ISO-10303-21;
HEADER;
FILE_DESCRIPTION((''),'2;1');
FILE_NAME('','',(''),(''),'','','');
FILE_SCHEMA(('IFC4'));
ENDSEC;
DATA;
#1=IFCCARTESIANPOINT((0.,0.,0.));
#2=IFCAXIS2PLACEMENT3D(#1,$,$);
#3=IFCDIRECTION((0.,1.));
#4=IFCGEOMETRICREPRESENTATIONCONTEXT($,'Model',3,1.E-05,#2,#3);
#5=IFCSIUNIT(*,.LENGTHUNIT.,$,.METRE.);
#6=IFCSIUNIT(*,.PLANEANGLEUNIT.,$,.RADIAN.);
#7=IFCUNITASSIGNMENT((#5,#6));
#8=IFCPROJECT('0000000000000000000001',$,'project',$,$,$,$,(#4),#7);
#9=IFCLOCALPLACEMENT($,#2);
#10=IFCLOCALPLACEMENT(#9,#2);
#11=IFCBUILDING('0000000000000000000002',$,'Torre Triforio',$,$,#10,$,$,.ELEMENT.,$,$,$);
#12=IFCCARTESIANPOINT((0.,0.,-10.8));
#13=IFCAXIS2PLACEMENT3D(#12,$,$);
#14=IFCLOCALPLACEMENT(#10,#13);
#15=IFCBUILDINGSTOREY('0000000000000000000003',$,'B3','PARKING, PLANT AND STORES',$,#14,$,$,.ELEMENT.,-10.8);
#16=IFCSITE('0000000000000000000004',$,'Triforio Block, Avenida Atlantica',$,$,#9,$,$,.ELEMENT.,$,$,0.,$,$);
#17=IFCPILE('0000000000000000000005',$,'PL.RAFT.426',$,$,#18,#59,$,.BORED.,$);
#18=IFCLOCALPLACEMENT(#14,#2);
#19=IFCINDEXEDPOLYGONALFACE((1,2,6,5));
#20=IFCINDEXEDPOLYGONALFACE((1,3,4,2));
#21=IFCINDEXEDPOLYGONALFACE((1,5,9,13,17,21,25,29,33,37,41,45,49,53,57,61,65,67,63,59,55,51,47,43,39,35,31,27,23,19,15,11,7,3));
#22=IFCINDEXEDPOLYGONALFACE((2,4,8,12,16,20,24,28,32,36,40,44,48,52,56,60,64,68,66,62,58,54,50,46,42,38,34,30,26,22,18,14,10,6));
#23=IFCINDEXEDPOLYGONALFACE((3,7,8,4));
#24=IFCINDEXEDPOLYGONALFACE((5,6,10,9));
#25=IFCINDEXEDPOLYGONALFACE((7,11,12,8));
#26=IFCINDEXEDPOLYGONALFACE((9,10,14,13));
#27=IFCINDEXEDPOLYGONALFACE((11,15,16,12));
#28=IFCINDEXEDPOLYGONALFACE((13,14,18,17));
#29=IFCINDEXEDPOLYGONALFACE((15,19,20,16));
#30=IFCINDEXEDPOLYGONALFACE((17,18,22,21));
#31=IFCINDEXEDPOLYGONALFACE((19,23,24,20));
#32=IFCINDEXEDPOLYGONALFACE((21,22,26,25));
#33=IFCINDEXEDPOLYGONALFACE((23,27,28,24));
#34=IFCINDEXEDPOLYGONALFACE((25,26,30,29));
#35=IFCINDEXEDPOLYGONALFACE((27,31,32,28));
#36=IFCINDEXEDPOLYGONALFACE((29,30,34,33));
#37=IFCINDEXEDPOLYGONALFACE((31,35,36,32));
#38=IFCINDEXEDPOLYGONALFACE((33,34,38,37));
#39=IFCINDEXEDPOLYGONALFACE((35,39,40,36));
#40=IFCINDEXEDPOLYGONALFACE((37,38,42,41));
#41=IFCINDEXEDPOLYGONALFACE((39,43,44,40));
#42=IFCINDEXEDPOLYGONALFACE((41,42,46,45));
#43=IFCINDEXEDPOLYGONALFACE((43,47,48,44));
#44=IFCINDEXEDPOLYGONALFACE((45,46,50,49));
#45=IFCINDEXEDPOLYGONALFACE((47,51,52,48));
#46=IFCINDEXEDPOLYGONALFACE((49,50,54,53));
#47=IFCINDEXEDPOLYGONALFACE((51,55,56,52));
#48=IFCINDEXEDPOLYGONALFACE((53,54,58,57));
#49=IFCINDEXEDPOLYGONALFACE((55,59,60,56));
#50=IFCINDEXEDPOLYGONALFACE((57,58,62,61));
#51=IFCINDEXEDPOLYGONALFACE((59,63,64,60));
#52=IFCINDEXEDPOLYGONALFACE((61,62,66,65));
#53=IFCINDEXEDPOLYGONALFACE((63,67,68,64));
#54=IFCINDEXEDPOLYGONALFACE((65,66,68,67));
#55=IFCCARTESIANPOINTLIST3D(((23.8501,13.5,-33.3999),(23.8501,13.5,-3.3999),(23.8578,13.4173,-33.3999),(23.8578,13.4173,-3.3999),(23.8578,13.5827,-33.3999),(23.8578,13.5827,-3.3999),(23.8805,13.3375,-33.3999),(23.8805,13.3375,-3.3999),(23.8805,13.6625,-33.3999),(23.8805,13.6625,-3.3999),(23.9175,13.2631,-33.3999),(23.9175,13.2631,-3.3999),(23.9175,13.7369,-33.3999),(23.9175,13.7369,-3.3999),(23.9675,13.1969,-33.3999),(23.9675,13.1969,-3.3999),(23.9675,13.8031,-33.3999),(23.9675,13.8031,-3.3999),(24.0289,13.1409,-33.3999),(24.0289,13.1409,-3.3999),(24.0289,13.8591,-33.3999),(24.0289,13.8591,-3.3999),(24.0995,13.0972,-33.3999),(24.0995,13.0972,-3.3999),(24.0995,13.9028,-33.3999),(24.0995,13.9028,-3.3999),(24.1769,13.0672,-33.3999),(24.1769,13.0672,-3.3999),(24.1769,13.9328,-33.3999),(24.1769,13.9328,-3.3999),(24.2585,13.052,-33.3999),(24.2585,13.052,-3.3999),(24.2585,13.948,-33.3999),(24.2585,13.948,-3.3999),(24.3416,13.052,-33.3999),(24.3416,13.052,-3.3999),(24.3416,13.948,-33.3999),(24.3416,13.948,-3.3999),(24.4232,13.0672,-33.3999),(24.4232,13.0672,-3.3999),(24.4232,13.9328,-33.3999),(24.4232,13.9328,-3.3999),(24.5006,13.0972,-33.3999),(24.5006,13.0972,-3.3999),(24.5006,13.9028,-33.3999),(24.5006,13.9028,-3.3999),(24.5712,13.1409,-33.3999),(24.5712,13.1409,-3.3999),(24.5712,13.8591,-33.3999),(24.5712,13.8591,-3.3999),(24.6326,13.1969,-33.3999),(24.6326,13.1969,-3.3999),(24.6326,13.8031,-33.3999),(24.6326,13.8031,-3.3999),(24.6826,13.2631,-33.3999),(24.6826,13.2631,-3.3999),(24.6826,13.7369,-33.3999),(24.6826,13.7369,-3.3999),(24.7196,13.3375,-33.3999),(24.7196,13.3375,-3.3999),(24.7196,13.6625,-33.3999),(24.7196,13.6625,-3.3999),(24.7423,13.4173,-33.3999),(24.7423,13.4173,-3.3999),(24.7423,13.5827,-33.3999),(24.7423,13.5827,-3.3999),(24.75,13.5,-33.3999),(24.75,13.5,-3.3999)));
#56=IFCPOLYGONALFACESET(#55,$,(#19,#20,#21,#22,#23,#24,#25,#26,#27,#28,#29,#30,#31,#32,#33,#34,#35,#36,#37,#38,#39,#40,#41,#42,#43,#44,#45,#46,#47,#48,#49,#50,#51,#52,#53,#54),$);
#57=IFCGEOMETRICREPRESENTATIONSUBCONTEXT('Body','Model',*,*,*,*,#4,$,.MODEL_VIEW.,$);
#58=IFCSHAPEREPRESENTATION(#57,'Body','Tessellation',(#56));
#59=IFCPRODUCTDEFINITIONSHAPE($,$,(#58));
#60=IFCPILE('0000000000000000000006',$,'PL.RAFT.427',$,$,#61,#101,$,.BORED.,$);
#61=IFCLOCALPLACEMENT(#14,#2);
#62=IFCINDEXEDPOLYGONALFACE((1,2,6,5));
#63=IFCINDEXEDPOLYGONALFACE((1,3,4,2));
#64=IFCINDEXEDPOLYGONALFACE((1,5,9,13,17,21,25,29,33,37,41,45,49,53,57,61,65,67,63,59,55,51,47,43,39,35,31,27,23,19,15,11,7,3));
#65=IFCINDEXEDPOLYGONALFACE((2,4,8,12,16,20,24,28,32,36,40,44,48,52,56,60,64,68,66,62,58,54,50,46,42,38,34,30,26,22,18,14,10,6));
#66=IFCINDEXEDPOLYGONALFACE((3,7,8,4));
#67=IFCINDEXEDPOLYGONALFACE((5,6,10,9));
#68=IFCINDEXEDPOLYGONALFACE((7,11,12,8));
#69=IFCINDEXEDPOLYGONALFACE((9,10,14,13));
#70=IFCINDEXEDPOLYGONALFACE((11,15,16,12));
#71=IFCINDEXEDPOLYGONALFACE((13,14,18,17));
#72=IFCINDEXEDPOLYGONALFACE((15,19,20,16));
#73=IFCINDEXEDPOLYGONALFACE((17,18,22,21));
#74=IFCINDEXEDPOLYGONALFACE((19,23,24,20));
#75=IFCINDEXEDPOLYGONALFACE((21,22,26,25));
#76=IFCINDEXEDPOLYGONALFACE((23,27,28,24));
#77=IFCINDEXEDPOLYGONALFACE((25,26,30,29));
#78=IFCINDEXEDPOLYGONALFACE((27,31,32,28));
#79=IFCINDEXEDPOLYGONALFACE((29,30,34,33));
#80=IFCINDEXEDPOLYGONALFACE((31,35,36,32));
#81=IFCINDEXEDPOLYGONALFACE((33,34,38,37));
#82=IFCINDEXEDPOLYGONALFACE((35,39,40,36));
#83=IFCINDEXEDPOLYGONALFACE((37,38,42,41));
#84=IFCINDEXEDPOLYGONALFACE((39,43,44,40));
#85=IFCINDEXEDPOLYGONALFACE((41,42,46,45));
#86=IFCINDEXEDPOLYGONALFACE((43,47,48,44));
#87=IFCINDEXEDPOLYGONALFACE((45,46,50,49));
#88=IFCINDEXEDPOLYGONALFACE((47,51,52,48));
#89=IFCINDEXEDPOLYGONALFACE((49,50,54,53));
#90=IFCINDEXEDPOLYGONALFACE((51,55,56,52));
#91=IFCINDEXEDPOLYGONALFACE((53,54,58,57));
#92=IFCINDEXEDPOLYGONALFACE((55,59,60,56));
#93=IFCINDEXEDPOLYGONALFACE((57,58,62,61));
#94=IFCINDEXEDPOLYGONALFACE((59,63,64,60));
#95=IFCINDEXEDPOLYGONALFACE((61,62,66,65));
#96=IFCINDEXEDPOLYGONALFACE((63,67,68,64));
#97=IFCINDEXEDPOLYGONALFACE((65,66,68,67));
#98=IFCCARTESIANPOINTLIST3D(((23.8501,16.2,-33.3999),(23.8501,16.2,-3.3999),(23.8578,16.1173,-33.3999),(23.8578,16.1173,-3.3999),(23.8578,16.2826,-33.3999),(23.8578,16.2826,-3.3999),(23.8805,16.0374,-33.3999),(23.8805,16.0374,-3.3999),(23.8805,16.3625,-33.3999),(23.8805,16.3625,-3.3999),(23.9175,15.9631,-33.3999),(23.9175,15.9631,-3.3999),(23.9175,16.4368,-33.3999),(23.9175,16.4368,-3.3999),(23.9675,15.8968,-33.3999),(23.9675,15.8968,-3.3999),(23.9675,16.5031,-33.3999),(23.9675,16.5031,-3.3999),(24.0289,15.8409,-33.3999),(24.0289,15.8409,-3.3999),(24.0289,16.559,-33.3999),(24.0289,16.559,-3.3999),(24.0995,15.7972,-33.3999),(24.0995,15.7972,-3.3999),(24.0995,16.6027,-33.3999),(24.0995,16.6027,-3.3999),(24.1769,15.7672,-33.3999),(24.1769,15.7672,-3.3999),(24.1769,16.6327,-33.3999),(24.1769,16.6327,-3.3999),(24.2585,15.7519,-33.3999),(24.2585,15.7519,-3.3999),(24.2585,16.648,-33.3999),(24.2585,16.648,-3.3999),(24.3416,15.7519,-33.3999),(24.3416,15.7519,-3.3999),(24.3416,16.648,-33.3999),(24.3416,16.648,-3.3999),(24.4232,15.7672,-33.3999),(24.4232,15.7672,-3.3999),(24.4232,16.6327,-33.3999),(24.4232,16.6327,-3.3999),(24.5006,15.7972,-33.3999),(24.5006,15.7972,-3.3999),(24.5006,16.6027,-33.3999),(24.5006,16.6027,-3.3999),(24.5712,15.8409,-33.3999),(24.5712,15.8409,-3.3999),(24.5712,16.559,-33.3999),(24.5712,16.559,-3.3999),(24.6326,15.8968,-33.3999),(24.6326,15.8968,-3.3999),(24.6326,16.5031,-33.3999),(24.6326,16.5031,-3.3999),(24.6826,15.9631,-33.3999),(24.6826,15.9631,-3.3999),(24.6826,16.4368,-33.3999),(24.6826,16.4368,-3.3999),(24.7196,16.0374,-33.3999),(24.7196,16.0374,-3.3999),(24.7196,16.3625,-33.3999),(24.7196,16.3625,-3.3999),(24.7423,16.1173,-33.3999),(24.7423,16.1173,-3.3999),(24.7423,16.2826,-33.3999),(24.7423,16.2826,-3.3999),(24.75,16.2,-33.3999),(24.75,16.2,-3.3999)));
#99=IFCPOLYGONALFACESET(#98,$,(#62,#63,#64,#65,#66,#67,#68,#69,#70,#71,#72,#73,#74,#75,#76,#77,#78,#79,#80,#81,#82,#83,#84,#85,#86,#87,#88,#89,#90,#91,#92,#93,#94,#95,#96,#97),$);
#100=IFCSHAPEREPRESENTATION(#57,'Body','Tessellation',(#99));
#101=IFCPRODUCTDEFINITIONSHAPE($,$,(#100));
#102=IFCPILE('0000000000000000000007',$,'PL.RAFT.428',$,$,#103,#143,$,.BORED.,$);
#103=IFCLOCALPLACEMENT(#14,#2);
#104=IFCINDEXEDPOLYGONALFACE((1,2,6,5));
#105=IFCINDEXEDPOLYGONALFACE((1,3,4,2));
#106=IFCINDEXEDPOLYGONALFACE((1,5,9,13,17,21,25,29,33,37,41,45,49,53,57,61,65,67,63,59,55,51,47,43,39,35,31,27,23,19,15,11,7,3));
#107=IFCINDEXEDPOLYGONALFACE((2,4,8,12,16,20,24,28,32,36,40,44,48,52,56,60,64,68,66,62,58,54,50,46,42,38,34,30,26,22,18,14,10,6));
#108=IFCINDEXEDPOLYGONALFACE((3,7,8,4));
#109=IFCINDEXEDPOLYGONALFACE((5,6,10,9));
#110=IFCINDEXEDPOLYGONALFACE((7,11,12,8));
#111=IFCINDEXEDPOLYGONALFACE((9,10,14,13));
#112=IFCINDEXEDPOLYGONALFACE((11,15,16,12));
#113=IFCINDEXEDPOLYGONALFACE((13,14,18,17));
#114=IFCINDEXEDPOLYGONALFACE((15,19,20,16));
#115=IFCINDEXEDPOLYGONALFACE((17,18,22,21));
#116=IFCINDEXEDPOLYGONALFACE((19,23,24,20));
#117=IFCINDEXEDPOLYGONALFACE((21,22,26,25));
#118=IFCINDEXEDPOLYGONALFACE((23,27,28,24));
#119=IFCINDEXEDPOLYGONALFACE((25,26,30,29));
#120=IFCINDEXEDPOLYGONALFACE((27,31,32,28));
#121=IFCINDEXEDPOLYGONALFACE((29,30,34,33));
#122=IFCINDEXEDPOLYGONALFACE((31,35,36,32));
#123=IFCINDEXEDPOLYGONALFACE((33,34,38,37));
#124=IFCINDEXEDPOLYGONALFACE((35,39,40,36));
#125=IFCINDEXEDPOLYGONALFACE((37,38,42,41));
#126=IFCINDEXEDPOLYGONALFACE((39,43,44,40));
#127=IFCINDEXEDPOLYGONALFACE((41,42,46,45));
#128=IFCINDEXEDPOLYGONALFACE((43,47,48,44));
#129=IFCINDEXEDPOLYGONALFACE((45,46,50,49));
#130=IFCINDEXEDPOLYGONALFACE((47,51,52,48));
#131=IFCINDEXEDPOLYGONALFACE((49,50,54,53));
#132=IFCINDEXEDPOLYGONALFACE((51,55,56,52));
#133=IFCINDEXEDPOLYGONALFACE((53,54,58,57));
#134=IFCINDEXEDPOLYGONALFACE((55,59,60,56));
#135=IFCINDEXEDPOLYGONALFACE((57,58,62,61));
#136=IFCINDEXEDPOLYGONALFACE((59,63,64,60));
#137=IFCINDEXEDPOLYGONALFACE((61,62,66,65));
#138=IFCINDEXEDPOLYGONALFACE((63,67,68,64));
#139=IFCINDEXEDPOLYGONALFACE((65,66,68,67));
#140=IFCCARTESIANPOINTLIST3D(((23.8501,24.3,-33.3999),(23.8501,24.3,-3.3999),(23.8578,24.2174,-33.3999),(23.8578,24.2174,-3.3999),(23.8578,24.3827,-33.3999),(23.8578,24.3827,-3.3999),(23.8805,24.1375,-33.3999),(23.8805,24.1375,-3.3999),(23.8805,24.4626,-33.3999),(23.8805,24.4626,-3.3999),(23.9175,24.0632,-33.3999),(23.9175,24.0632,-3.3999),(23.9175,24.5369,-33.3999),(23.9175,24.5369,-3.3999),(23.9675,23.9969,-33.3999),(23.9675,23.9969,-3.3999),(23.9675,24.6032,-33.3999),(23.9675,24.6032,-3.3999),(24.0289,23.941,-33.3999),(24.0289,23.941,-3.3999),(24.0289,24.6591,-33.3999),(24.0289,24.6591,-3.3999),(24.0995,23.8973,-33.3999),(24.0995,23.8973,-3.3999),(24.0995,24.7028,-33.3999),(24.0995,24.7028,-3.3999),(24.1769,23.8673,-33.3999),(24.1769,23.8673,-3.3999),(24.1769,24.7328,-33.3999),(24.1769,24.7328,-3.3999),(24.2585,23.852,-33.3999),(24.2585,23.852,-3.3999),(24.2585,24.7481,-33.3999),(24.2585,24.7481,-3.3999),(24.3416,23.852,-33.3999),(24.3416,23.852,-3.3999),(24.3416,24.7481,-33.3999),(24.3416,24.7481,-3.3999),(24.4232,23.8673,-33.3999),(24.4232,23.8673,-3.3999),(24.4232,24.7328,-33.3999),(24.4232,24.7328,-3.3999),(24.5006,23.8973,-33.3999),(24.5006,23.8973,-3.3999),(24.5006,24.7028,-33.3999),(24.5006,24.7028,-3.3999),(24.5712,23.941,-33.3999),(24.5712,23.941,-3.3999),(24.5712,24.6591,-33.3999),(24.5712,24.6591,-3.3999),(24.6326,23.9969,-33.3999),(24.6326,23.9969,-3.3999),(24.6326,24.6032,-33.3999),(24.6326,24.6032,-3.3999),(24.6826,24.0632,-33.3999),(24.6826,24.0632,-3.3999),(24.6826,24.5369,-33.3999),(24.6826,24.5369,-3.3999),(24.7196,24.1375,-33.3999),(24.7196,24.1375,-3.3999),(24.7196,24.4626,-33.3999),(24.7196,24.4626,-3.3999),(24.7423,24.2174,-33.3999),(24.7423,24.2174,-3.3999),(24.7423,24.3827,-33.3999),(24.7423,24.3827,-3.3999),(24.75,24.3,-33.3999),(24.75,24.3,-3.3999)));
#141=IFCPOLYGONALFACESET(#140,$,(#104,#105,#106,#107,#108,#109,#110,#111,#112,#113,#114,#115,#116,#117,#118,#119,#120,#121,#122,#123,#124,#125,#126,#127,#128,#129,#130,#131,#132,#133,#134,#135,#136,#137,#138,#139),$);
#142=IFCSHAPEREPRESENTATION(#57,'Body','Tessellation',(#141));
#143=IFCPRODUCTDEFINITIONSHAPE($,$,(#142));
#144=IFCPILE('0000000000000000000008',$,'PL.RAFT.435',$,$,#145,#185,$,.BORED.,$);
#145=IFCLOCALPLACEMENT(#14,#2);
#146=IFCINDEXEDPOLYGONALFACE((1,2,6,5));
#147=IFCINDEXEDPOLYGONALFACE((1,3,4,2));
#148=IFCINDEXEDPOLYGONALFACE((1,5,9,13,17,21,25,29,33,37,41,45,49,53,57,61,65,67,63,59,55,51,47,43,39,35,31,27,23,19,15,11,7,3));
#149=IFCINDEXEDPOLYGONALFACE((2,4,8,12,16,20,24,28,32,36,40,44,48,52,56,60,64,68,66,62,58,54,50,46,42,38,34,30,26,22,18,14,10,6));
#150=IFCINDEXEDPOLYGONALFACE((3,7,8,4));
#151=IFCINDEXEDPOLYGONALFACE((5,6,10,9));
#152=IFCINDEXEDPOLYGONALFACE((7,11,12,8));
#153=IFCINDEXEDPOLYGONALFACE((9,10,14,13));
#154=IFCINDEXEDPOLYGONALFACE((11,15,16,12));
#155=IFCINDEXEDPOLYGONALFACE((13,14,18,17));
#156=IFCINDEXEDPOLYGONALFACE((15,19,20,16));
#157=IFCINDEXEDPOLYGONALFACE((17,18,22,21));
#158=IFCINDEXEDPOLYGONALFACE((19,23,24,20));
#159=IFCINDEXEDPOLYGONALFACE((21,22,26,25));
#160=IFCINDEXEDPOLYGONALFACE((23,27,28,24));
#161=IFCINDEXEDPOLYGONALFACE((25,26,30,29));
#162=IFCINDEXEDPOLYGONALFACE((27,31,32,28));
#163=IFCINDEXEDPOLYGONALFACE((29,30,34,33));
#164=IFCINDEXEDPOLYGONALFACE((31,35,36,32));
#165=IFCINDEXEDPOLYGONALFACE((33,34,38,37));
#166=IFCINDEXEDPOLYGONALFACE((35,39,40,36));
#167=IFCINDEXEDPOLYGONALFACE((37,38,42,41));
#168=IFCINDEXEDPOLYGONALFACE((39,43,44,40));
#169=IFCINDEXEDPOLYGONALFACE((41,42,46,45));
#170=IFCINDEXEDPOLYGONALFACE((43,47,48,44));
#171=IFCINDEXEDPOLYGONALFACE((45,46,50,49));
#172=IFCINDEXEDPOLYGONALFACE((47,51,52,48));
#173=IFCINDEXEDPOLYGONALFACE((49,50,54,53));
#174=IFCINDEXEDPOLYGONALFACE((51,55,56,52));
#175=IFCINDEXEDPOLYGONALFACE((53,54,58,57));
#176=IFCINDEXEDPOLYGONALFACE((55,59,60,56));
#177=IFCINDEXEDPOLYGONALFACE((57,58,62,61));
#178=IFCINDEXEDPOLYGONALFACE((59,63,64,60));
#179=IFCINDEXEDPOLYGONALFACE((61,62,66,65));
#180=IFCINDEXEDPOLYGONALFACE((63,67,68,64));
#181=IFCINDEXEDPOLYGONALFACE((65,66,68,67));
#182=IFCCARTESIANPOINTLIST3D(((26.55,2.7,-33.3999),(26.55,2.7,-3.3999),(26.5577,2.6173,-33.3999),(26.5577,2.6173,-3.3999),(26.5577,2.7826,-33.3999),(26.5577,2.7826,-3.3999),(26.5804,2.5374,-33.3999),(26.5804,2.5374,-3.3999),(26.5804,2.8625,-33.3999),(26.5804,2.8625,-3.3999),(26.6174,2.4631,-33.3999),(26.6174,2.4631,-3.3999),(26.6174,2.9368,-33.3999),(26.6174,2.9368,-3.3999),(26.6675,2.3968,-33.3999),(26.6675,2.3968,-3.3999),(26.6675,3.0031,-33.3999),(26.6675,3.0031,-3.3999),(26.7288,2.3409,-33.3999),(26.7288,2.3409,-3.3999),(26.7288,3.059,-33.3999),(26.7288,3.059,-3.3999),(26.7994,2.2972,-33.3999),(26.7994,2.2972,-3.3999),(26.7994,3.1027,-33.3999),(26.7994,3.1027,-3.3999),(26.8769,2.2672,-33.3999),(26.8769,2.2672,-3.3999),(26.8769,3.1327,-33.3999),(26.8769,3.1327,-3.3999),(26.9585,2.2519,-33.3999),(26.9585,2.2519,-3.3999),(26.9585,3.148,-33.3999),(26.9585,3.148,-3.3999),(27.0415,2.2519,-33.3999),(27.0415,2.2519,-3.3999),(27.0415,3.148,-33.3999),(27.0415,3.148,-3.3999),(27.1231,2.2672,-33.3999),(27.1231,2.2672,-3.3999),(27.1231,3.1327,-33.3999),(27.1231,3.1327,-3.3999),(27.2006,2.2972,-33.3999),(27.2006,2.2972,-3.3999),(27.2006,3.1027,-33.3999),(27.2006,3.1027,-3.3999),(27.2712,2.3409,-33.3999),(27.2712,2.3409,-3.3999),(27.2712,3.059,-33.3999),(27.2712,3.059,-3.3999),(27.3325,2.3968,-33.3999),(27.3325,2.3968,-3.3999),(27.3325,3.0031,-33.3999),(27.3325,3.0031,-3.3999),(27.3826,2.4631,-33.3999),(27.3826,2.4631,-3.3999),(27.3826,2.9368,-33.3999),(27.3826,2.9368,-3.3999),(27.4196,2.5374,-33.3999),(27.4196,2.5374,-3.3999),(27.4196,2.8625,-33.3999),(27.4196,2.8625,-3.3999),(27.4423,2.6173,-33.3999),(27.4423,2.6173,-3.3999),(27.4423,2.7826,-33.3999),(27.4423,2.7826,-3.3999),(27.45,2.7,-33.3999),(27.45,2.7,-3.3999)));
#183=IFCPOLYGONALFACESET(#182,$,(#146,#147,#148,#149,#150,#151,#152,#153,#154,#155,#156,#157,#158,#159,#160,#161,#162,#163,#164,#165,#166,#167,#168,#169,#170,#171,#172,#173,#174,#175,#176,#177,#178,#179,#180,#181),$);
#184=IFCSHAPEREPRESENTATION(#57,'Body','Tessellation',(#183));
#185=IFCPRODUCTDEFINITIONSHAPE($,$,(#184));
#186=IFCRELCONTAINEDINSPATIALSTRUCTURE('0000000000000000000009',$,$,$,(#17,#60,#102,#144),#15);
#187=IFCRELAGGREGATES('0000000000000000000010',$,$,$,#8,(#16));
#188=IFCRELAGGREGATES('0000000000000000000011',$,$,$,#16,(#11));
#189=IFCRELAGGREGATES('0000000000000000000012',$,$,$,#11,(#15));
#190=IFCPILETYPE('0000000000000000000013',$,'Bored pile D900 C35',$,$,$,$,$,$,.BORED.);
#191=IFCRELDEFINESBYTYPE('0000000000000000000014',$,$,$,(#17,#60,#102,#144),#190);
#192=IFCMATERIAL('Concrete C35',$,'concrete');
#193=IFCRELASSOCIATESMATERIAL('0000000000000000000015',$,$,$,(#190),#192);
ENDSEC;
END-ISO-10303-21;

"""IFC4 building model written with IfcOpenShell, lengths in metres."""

from ifc_helpers import new_model, si_unit, direction, frame, origin, origin_2d, place, context, subcontext, project, spatial, circle, extrude, material, material_profile, profile_set, type_object, element, save


model = new_model("IFC4")

# Units and contexts
model_context = context("Model", 3, precision=1e-05, world=origin(), true_north=direction((0.0, 1.0)))
body_context = subcontext(model_context, "Body", "Model", "MODEL_VIEW")
ifc_project = project(units=[si_unit("LENGTHUNIT", "METRE"), si_unit("PLANEANGLEUNIT", "RADIAN")], contexts=[model_context])

# Site, building, storey
site_placement = place(None, origin())
site = spatial("IfcSite", under=ifc_project, at=site_placement, Name="Triforio Block, Avenida Atlantica", CompositionType="ELEMENT", RefElevation=0.0)
building_placement = place(site_placement, origin())
building = spatial("IfcBuilding", under=site, at=building_placement, Name="Torre Triforio", CompositionType="ELEMENT")
storey_placement = place(building_placement, frame((0.0, 0.0, -10.8)))
storey = spatial("IfcBuildingStorey", under=building, at=storey_placement, Name="B3", Description="PARKING, PLANT AND STORES", CompositionType="ELEMENT", Elevation=-10.8)

# Piles
ifc_material_1 = material(Name="Concrete C35", Category="concrete")
ifc_material_profile_1 = material_profile(ifc_material_1, circle(Radius=0.45, at=origin_2d()), Name="RC D900")
ifc_profile_set_1 = profile_set([ifc_material_profile_1], Name="Concrete C35")
pile_type = type_object("IfcPileType", Name="Bored pile D900 C35", PredefinedType="BORED", material=ifc_profile_set_1)
for number, where, z_axis, x_axis, name in (
    (1, (24.3, 13.5, -3.3999), (0.0, 0.0, -1.0), (1.0, 0.0, 0.0), "PL.RAFT.426"),
    (2, (24.3, 16.2, -3.3999), (0.0, 0.0, -1.0), (1.0, 0.0, 0.0), "PL.RAFT.427"),
    (3, (24.3, 24.3, -3.3999), (0.0, 0.0, -1.0), (1.0, 0.0, 0.0), "PL.RAFT.428"),
    (4, (27.0, 2.7, -3.3999), (0.0, 0.0, -1.0), (1.0, 0.0, 0.0), "PL.RAFT.435"),
):
    element("IfcPile", number, at=place(storey_placement, frame(where, z_axis=z_axis, x_axis=x_axis)), inside=storey, type_object=pile_type, Name=name, PredefinedType="BORED", context=body_context, shape_type="SweptSolid", body=[
        extrude(circle(Radius=0.45, at=origin_2d()), origin(), (0.0, 0.0, 1.0), 30.0),
    ])

save(model, "model.ifc")
